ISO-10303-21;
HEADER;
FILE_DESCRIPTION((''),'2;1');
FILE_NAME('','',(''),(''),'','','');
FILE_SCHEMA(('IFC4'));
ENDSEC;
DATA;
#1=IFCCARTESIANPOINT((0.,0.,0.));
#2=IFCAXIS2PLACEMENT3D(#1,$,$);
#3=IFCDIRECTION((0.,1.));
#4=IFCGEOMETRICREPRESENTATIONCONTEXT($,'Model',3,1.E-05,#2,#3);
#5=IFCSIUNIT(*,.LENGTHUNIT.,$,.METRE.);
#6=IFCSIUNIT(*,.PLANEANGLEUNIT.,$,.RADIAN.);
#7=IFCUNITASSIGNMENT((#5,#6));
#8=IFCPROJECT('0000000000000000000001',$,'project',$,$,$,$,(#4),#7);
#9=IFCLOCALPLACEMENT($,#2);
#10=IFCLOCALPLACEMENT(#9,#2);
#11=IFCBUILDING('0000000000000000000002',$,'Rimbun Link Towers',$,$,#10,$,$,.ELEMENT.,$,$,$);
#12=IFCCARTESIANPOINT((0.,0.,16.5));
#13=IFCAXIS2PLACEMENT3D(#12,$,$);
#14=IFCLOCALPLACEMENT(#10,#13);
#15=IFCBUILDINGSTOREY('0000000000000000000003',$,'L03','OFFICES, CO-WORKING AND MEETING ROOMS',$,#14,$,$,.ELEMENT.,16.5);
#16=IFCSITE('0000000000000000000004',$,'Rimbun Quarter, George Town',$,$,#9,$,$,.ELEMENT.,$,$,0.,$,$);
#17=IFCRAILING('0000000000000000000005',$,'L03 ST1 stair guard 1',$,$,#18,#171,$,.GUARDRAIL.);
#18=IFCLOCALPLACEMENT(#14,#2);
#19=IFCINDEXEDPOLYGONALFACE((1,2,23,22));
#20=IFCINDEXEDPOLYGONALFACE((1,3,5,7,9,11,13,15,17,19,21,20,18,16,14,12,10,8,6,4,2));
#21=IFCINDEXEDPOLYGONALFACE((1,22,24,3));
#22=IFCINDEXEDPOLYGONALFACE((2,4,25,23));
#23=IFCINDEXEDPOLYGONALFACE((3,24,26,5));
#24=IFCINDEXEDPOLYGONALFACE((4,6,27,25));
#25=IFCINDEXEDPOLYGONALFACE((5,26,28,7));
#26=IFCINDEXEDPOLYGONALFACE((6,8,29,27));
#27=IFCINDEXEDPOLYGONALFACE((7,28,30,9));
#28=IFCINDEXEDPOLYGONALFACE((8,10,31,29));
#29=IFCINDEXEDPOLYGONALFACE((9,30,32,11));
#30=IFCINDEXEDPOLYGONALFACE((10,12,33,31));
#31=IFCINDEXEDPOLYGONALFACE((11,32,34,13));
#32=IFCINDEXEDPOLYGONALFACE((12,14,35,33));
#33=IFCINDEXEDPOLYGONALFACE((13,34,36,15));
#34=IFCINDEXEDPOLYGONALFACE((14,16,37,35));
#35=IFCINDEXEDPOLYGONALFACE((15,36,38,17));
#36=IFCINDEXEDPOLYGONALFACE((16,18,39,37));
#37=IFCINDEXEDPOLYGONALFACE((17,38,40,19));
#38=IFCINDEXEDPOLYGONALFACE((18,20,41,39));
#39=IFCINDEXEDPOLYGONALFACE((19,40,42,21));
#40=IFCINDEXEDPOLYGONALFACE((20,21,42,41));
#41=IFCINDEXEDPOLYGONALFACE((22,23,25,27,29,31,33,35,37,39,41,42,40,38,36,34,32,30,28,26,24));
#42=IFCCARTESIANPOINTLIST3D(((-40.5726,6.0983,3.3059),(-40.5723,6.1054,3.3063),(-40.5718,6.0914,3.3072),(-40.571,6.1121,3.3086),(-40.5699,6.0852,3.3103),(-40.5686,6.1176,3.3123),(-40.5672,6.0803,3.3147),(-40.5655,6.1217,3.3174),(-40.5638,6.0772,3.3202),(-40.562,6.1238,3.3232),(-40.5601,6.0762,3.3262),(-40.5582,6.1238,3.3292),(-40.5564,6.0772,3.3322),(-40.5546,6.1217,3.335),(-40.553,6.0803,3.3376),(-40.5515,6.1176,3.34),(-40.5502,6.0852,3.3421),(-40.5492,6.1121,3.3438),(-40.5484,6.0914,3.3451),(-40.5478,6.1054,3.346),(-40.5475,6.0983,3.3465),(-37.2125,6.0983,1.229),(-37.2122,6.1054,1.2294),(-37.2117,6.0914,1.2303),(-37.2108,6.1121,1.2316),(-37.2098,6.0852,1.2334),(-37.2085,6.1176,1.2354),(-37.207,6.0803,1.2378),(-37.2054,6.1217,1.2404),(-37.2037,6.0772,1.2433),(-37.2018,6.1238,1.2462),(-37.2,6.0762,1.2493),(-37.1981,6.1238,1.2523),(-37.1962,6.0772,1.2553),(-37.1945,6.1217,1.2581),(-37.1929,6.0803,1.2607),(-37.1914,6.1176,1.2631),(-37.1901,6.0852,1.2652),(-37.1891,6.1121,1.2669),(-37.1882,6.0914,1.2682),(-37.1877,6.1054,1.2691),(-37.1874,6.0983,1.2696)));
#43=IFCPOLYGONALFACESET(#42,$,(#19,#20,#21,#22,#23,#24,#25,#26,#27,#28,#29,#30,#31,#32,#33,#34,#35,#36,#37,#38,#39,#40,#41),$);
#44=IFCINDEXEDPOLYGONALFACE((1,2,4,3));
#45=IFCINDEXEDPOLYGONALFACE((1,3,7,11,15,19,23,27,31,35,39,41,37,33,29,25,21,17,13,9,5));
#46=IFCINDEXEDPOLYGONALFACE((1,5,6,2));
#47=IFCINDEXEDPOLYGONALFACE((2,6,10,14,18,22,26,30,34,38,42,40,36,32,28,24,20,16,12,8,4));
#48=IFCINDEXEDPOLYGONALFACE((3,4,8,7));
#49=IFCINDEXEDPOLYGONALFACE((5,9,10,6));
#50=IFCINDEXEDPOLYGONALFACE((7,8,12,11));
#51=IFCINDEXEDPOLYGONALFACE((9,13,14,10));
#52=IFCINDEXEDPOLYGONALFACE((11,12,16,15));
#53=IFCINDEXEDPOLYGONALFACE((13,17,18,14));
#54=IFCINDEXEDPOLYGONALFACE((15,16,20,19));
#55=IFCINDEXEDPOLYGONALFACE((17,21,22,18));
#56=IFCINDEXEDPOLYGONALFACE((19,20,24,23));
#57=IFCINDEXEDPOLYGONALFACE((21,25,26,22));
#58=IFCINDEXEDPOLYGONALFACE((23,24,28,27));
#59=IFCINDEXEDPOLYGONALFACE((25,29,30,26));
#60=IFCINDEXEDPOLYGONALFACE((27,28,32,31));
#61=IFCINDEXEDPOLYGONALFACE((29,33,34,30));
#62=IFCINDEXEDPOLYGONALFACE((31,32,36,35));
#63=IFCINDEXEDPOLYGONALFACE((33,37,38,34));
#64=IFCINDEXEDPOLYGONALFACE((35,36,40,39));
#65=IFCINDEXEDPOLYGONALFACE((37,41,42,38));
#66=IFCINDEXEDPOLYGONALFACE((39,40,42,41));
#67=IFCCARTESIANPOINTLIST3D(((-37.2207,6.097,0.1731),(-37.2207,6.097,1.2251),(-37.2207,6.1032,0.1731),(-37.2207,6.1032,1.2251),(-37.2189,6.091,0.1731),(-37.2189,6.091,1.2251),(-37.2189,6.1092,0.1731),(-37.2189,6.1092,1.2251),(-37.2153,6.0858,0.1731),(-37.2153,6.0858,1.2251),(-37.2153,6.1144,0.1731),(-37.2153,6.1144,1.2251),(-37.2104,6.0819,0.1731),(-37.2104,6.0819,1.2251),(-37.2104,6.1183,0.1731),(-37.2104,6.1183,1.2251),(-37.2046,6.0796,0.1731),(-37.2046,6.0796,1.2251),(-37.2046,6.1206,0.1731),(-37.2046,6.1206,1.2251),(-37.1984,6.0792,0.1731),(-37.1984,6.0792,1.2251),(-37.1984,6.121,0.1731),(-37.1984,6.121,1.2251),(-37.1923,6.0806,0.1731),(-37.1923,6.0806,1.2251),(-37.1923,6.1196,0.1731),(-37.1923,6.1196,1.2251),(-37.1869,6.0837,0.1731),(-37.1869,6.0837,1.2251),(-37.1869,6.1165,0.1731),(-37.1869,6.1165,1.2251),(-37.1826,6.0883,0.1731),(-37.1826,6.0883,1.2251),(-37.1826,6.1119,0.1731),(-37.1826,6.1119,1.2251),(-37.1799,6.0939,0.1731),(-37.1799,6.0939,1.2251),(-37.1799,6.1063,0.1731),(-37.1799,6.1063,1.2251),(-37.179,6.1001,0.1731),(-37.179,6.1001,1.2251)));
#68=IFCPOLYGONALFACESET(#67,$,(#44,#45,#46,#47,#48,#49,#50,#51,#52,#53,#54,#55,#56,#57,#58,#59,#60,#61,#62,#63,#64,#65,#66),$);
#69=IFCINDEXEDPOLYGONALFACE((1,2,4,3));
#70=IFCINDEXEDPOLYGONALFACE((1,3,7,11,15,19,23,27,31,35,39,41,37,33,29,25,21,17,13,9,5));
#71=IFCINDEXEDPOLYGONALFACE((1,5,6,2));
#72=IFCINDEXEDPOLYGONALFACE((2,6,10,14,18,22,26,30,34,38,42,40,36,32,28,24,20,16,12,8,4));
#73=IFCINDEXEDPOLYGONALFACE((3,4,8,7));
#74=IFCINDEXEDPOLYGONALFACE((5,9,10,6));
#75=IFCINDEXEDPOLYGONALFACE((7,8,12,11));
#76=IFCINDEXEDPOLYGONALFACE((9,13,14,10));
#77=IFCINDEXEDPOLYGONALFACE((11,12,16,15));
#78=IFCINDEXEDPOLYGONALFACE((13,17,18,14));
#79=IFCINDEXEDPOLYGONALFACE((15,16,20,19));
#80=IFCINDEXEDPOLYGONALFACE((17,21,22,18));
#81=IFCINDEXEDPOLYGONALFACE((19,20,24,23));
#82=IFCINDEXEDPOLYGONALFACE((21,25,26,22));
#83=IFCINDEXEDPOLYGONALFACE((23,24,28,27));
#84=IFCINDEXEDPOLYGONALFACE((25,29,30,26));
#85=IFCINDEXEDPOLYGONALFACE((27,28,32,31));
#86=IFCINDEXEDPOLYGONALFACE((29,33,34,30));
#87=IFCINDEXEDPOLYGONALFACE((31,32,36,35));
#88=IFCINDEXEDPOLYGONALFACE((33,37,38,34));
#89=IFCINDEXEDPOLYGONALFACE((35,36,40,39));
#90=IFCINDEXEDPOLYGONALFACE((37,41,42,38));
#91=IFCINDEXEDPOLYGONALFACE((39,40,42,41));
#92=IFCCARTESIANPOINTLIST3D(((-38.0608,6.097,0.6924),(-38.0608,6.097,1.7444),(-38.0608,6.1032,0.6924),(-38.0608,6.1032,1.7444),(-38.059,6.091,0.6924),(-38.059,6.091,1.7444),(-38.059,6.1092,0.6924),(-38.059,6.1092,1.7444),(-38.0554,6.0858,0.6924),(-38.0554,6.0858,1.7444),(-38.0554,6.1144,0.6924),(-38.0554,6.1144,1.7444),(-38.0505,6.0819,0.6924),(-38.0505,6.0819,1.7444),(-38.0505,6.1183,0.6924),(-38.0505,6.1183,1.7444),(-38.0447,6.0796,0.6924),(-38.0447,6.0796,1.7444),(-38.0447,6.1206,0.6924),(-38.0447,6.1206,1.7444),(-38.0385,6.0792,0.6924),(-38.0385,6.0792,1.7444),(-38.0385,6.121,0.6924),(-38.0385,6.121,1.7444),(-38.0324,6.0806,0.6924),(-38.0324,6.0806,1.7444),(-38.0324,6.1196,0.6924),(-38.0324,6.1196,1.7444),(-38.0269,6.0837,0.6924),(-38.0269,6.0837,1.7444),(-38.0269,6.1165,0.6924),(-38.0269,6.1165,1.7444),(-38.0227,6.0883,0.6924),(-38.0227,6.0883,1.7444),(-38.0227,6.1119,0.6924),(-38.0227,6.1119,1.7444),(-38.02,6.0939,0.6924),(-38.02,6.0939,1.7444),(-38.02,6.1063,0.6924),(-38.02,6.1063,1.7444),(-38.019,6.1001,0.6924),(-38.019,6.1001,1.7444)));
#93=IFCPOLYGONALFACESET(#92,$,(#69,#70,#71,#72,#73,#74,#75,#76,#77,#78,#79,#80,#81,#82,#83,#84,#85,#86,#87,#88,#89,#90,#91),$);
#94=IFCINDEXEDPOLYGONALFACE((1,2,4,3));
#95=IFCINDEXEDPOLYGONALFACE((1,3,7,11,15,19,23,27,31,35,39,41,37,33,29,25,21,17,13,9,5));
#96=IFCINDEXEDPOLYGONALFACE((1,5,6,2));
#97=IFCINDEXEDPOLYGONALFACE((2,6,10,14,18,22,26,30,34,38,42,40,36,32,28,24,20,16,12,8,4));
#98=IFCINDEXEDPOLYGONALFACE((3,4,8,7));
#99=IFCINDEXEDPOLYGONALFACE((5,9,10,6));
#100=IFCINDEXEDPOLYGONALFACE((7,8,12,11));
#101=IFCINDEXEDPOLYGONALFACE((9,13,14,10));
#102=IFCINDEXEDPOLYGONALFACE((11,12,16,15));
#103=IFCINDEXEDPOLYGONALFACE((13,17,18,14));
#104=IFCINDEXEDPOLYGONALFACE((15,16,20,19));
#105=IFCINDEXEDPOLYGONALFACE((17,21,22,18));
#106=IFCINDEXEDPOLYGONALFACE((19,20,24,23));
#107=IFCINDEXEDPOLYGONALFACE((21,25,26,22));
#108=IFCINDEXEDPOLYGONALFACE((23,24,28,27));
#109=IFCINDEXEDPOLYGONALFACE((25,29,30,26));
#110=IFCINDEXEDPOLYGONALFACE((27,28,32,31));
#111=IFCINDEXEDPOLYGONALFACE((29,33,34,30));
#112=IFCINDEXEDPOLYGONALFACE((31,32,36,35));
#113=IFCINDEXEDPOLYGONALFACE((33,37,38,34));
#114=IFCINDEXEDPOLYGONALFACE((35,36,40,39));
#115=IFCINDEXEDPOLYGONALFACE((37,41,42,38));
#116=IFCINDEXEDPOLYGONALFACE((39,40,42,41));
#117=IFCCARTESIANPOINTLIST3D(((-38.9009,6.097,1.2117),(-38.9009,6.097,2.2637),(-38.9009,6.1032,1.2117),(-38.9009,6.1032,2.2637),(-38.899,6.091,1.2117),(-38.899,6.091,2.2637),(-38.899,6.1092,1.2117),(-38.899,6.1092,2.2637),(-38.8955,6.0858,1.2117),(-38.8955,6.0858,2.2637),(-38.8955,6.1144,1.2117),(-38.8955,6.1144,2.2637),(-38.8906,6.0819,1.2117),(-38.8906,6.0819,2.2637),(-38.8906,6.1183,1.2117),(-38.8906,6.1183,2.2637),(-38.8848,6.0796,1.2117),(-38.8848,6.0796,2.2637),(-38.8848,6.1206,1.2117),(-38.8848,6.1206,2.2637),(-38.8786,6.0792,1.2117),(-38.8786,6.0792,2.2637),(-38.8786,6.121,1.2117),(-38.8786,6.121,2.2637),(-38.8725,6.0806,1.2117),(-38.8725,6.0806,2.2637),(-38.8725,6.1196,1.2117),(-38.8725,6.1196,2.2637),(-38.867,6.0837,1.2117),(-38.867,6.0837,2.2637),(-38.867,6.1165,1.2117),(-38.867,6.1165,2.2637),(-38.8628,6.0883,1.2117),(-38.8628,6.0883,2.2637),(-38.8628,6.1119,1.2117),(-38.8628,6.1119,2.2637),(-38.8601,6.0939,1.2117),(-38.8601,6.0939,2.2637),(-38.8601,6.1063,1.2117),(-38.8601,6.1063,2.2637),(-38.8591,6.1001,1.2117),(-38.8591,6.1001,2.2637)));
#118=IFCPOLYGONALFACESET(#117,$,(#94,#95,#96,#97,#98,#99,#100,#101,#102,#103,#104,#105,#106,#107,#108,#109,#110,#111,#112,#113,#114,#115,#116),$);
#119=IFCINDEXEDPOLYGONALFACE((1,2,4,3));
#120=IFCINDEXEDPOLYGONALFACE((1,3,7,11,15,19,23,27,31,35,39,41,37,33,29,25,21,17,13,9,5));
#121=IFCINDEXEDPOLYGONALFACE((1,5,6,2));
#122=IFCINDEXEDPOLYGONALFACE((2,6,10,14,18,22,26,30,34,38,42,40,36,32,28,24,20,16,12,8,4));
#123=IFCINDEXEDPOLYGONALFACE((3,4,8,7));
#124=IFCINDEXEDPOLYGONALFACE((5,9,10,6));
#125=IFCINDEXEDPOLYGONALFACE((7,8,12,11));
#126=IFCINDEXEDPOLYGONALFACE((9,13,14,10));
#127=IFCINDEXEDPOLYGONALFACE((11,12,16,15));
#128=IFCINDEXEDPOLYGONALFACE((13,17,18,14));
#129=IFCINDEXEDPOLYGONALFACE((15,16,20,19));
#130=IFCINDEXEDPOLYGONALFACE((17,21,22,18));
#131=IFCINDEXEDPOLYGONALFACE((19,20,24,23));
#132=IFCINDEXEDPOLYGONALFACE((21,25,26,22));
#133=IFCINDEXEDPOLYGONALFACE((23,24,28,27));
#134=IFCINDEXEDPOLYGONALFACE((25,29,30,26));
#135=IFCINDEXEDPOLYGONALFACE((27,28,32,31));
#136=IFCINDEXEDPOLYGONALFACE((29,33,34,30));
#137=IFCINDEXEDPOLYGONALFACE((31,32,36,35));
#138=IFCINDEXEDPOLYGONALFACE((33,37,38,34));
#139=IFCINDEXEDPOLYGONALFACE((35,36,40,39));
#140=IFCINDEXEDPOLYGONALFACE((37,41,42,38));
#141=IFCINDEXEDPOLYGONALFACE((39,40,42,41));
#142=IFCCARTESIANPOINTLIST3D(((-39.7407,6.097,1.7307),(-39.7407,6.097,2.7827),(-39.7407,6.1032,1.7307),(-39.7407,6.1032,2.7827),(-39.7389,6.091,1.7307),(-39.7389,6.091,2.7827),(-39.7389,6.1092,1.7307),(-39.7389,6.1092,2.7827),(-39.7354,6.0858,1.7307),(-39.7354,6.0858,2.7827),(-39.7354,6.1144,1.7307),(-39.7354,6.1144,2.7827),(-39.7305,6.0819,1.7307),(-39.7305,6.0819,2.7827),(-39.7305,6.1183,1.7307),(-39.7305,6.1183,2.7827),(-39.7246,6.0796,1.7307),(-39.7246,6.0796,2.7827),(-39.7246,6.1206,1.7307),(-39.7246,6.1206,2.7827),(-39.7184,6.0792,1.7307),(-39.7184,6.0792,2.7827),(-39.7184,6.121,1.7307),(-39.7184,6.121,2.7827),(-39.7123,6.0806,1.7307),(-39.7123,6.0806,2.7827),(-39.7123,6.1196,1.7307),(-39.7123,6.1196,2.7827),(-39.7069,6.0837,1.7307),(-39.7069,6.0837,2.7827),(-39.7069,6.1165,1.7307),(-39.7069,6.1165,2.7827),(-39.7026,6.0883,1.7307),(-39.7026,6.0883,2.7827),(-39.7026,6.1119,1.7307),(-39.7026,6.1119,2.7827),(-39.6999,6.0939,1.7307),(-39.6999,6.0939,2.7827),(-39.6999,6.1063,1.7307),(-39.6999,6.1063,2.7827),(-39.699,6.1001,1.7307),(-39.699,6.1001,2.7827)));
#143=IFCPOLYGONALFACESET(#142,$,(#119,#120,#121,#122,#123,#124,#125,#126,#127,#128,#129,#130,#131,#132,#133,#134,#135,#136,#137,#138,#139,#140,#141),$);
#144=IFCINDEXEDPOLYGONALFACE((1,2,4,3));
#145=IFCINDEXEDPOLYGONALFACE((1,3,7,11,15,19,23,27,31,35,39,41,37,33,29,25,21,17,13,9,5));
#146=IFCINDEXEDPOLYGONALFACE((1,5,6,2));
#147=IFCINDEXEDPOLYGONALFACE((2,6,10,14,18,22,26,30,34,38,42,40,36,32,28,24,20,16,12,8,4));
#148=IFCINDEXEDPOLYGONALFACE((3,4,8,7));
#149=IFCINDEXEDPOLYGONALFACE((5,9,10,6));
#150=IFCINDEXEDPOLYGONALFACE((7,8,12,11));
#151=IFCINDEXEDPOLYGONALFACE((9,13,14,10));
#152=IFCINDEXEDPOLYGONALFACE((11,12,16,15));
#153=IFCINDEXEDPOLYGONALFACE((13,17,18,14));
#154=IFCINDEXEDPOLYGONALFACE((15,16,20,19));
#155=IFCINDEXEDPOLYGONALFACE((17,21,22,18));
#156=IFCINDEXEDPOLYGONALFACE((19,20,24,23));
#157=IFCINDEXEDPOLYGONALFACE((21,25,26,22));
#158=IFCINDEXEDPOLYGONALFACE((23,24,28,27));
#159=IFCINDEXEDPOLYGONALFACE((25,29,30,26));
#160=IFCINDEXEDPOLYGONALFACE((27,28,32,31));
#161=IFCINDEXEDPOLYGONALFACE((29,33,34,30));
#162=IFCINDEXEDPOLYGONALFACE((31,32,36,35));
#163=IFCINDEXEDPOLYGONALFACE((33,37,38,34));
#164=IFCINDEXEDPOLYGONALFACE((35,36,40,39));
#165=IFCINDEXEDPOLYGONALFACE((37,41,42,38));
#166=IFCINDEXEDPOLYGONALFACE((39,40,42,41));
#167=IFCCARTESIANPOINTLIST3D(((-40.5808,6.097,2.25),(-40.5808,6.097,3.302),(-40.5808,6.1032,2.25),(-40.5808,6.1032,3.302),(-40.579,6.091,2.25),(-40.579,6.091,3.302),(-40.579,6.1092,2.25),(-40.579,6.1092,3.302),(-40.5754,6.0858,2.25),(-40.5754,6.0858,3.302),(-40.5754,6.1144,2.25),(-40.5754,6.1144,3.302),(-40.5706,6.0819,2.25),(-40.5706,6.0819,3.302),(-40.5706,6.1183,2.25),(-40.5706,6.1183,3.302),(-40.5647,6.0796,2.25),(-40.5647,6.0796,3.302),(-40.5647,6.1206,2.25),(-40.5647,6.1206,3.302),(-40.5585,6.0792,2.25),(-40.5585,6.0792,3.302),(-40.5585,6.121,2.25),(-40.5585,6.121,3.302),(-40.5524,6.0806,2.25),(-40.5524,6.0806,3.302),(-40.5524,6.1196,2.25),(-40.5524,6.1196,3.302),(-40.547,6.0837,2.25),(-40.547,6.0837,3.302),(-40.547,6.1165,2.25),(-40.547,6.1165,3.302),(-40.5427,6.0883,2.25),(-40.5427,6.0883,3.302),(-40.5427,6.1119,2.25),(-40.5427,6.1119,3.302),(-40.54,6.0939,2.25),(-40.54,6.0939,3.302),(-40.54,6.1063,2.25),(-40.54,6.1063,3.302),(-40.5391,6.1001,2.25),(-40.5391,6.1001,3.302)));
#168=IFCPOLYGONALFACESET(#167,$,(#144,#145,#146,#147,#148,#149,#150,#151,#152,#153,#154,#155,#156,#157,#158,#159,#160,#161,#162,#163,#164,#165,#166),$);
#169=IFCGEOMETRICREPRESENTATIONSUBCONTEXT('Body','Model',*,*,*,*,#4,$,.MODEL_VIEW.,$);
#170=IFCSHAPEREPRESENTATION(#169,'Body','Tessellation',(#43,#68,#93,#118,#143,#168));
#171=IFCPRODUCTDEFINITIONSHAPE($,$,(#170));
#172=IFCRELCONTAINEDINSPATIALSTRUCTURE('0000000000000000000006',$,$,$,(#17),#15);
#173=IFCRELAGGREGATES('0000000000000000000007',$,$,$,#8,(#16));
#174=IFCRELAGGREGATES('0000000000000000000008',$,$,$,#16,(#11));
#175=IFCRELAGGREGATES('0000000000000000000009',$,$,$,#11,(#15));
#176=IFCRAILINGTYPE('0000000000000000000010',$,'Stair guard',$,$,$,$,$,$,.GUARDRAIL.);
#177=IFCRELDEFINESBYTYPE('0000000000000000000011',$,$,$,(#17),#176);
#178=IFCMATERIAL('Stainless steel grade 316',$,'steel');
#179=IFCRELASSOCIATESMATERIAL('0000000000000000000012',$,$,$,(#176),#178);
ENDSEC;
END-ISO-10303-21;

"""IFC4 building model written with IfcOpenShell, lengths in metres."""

from ifc_helpers import new_model, si_unit, direction, frame, origin, origin_2d, place, context, subcontext, project, spatial, circle, extrude, material, type_object, element, save


model = new_model("IFC4")

# Units and contexts
model_context = context("Model", 3, precision=1e-05, world=origin(), true_north=direction((0.0, 1.0)))
body_context = subcontext(model_context, "Body", "Model", "MODEL_VIEW")
ifc_project = project(units=[si_unit("LENGTHUNIT", "METRE"), si_unit("PLANEANGLEUNIT", "RADIAN")], contexts=[model_context])

# Site, building, storey
site_placement = place(None, origin())
site = spatial("IfcSite", under=ifc_project, at=site_placement, Name="Rimbun Quarter, George Town", CompositionType="ELEMENT", RefElevation=0.0)
building_placement = place(site_placement, origin())
building = spatial("IfcBuilding", under=site, at=building_placement, Name="Rimbun Link Towers", CompositionType="ELEMENT")
storey_placement = place(building_placement, frame((0.0, 0.0, 16.5)))
storey = spatial("IfcBuildingStorey", under=building, at=storey_placement, Name="L03", Description="OFFICES, CO-WORKING AND MEETING ROOMS", CompositionType="ELEMENT", Elevation=16.5)

# Railing
ifc_material_1 = material(Name="Stainless steel grade 316", Category="steel")
railing_type_1 = type_object("IfcRailingType", Name="Stair guard", PredefinedType="GUARDRAIL", material=ifc_material_1)
railing_1_placement = place(storey_placement, frame((-37.2, 6.1001, 0.1731)))
element("IfcRailing", 1, at=railing_1_placement, inside=storey, type_object=railing_type_1, Name="L03 ST1 stair guard 1", PredefinedType="GUARDRAIL", context=body_context, shape_type="SweptSolid", body=[
    extrude(circle(Radius=0.0239, at=origin_2d()), frame((0.0, 0.0, 1.0762), z_axis=(-0.850623, 0.0, 0.525776), x_axis=(0.0, -1.0, 0.0)), (0.0, 0.0, 1.0), 3.9502),
    extrude(circle(Radius=0.021, at=origin_2d()), origin(), (0.0, 0.0, 1.0), 1.052),
    extrude(circle(Radius=0.021, at=origin_2d()), frame((-0.8401, 0.0, 0.5193)), (0.0, 0.0, 1.0), 1.052),
    extrude(circle(Radius=0.021, at=origin_2d()), frame((-1.6802, 0.0, 1.0386)), (0.0, 0.0, 1.0), 1.052),
    extrude(circle(Radius=0.021, at=origin_2d()), frame((-2.52, 0.0, 1.5576)), (0.0, 0.0, 1.0), 1.052),
    extrude(circle(Radius=0.021, at=origin_2d()), frame((-3.3601, 0.0, 2.0769)), (0.0, 0.0, 1.0), 1.052),
])

save(model, "model.ifc")
